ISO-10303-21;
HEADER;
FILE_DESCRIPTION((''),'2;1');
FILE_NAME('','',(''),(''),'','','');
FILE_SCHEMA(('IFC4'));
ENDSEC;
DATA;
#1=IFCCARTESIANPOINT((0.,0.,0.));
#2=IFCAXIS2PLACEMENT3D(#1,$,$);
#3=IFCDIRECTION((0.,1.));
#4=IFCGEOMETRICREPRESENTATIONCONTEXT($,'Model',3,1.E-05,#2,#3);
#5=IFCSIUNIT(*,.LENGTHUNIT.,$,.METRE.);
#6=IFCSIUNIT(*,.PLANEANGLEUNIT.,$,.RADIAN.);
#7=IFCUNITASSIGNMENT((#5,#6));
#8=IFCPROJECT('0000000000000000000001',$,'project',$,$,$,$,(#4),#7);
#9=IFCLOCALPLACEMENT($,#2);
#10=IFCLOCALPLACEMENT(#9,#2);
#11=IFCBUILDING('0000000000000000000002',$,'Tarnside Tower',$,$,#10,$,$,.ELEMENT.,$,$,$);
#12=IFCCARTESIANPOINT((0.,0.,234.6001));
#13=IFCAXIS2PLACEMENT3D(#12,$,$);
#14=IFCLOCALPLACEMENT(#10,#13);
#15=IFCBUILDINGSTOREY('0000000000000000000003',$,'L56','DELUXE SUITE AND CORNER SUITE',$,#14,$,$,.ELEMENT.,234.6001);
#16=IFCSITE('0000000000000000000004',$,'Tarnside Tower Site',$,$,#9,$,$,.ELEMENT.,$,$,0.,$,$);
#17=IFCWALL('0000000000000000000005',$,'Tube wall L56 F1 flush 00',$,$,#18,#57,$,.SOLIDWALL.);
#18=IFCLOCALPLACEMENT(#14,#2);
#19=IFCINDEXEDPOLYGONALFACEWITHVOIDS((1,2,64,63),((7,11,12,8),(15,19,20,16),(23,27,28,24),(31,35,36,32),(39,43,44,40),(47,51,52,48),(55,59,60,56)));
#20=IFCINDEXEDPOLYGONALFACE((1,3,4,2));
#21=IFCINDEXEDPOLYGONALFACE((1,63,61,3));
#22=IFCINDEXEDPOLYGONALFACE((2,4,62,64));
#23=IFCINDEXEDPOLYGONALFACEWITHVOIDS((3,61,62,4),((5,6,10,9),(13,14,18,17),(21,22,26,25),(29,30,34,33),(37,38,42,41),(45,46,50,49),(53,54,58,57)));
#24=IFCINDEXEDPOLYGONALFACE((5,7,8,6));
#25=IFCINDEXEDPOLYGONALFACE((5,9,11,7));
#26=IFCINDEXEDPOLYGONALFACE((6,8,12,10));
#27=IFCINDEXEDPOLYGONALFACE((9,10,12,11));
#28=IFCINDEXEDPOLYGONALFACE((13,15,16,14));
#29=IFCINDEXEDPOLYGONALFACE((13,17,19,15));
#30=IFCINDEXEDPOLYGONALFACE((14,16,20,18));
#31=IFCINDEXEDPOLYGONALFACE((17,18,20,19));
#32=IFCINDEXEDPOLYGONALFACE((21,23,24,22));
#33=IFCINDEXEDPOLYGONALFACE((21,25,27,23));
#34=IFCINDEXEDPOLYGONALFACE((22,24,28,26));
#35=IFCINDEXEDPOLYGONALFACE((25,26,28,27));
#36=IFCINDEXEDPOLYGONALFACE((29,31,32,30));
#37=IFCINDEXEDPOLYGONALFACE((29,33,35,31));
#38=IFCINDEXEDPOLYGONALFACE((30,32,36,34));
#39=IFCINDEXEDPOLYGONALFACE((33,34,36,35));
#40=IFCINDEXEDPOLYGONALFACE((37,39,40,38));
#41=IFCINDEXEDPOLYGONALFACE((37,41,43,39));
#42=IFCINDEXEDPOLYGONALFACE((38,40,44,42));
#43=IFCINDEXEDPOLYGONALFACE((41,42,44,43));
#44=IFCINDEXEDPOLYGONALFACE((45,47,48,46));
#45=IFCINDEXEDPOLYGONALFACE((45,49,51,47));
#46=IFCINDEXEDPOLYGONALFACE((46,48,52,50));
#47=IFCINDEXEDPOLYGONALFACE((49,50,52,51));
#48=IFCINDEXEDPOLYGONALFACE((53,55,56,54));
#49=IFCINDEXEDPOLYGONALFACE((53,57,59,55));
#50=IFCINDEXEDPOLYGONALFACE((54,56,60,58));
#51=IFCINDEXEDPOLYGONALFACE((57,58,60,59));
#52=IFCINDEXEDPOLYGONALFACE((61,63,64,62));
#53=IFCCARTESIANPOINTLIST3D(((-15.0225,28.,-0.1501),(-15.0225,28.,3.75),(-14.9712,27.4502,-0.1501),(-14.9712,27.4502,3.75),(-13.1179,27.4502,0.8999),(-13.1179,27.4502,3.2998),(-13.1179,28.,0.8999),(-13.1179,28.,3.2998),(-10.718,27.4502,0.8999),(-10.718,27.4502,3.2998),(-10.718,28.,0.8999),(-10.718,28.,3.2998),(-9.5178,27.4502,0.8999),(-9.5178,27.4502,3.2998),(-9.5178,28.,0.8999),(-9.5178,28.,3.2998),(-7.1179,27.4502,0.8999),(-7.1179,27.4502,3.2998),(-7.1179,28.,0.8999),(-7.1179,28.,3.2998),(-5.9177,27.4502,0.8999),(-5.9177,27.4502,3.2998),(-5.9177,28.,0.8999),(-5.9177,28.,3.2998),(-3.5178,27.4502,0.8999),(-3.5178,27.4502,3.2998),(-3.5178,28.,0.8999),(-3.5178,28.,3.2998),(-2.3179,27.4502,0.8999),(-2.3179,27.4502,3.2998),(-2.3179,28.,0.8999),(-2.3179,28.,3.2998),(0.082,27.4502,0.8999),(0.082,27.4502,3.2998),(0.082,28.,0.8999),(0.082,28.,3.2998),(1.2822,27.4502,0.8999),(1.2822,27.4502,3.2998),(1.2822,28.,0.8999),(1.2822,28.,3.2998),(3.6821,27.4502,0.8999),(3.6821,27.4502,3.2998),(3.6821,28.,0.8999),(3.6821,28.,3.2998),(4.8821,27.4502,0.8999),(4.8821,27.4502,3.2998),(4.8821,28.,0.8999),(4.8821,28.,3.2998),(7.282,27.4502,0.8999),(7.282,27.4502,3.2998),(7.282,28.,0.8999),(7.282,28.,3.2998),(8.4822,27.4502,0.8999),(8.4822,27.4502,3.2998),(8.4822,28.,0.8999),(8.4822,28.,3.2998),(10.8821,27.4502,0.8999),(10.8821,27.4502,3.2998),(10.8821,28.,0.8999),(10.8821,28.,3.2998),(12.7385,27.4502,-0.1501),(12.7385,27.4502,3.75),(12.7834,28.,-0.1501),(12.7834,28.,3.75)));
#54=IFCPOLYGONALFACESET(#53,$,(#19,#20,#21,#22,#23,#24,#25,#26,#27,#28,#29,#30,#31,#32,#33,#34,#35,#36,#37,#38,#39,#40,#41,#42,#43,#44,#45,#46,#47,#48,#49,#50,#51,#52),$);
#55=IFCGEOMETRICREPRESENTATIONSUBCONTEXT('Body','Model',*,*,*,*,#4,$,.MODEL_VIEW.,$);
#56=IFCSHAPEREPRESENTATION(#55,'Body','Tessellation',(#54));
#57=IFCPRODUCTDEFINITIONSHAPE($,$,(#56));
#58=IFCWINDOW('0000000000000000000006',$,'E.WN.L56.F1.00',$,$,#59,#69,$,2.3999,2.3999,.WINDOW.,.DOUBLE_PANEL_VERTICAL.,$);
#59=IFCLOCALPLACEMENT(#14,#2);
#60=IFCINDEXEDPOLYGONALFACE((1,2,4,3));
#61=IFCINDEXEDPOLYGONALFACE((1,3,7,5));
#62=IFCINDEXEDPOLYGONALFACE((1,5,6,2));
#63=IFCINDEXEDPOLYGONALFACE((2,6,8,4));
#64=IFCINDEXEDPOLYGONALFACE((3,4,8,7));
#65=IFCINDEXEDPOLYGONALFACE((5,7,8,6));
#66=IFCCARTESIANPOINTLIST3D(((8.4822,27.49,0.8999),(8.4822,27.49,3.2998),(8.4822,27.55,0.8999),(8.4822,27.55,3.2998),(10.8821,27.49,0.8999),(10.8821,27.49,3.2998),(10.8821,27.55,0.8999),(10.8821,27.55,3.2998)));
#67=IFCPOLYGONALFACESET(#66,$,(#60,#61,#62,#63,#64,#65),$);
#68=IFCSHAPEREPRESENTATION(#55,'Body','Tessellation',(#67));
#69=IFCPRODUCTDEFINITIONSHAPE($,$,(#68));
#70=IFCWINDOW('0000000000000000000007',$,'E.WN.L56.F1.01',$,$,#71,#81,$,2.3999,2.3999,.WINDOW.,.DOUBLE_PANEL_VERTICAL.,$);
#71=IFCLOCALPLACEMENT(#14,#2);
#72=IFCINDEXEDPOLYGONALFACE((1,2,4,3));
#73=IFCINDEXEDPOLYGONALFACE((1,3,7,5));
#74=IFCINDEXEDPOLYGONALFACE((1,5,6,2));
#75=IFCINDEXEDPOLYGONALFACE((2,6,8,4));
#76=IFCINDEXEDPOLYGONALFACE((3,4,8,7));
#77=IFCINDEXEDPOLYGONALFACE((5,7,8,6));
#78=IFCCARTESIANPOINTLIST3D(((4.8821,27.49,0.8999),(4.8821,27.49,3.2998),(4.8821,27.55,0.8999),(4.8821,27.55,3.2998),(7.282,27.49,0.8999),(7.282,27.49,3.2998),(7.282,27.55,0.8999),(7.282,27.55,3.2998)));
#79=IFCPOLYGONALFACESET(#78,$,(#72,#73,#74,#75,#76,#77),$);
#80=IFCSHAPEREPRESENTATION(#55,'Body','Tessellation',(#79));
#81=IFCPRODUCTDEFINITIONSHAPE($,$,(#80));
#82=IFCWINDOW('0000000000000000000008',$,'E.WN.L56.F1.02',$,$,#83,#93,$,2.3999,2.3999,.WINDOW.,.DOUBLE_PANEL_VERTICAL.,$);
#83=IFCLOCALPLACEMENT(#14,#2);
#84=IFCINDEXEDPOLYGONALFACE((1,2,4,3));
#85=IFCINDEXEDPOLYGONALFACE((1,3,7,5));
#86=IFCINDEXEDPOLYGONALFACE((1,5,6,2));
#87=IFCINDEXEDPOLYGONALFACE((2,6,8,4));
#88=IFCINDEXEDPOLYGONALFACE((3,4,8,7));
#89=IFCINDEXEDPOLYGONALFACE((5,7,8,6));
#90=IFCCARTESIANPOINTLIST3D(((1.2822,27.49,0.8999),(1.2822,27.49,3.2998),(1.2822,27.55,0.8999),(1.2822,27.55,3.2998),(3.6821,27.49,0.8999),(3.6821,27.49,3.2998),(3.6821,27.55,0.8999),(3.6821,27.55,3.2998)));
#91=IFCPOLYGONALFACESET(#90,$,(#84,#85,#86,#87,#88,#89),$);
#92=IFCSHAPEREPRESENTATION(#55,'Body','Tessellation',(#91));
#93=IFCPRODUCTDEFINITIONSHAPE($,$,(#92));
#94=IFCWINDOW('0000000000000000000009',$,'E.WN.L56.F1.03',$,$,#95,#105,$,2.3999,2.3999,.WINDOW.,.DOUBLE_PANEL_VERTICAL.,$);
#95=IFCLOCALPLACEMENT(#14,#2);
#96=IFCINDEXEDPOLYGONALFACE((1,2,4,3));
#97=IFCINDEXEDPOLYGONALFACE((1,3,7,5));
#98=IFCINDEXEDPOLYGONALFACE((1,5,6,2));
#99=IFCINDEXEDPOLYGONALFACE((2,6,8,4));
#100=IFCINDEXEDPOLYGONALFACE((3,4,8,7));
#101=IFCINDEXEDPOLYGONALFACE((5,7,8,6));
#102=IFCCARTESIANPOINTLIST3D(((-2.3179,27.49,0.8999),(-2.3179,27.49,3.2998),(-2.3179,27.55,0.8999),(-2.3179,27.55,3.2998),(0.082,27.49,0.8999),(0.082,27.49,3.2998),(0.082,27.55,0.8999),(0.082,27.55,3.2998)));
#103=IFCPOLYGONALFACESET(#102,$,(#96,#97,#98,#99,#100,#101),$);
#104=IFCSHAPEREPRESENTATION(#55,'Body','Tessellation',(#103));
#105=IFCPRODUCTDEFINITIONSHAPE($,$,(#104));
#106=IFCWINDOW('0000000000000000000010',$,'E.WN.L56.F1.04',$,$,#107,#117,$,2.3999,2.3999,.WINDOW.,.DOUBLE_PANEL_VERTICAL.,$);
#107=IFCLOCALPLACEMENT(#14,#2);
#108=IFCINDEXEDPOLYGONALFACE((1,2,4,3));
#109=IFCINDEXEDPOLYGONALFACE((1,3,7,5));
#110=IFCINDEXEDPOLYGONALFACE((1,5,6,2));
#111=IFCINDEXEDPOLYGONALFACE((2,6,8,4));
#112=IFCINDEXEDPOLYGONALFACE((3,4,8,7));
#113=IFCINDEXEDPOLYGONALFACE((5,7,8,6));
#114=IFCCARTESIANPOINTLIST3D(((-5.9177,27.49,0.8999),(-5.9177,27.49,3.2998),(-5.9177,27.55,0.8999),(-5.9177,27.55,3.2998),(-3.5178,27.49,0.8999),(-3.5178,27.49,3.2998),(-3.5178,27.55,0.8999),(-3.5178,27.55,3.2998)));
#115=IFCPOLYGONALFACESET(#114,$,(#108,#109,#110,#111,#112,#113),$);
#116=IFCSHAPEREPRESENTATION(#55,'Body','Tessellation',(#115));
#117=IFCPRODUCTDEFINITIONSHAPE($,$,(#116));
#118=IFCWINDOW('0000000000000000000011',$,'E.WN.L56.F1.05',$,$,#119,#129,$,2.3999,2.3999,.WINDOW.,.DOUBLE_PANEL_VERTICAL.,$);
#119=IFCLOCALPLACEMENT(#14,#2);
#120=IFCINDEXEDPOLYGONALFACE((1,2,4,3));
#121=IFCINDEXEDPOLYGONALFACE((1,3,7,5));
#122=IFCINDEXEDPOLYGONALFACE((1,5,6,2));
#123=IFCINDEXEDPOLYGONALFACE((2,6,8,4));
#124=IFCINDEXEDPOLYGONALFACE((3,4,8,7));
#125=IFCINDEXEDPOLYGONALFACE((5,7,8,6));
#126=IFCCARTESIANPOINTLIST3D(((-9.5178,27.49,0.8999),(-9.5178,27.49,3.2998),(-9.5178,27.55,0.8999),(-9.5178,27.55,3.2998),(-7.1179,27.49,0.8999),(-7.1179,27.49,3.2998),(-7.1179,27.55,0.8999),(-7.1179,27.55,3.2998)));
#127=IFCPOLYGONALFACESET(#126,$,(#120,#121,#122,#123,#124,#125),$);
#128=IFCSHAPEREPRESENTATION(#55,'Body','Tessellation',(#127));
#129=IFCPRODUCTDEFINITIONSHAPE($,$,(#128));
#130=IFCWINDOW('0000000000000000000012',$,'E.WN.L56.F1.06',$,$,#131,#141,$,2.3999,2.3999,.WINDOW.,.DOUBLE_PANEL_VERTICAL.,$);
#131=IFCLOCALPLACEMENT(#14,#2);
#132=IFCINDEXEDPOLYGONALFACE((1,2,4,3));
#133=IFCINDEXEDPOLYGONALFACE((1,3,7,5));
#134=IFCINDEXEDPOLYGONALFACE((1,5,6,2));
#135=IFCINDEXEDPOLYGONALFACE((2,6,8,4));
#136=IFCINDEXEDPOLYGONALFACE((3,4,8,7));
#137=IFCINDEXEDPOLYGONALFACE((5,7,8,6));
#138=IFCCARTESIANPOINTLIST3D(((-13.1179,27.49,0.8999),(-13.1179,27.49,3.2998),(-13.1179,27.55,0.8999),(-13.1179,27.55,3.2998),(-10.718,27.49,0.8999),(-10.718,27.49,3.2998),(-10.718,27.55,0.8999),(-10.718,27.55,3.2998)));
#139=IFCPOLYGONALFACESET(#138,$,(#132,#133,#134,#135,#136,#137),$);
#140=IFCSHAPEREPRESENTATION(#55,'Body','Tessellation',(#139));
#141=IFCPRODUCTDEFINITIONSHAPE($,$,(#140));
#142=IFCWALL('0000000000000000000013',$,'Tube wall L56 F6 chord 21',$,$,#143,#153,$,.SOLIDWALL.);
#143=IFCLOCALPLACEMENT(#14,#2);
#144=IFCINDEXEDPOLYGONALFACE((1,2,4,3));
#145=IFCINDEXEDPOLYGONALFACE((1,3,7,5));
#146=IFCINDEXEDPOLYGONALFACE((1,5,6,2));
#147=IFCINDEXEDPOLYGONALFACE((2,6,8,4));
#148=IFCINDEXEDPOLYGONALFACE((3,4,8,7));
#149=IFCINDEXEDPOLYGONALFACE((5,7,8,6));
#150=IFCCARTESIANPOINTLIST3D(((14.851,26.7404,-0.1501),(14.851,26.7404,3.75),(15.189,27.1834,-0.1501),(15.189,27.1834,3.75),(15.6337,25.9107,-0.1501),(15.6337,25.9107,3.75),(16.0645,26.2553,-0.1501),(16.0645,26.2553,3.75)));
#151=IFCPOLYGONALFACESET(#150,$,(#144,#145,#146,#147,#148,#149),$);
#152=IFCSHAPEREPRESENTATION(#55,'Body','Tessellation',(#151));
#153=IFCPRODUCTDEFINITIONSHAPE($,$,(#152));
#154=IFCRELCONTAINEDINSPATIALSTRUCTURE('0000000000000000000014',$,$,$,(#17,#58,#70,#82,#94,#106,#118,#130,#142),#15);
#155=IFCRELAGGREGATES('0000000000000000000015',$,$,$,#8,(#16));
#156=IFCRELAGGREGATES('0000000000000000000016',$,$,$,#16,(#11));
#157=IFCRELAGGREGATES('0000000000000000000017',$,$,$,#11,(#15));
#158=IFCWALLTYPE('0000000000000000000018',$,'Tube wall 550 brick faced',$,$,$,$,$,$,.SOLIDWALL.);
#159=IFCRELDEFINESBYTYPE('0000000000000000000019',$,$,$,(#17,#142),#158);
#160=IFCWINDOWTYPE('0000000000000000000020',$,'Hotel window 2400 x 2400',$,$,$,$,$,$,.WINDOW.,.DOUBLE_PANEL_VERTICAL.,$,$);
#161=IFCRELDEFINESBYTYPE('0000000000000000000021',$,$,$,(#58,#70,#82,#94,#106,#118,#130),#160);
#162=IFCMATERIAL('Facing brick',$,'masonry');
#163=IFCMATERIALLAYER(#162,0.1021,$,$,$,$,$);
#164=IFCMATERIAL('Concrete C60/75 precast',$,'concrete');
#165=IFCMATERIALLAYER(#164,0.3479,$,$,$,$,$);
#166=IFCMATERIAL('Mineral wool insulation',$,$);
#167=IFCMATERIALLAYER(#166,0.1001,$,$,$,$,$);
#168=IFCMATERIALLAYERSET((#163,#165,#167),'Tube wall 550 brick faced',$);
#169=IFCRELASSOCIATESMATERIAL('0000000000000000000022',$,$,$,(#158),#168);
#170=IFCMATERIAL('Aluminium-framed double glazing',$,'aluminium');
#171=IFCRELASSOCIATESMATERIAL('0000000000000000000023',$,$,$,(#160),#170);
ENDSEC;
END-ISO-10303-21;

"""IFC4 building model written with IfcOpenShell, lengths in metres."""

from ifc_helpers import new_model, si_unit, direction, frame, frame_2d, origin, place, context, subcontext, project, spatial, polyline, rectangle, outline, extrude, material, layer, layer_set, type_object, element, fill, save


model = new_model("IFC4")

# Units and contexts
model_context = context("Model", 3, precision=1e-05, world=origin(), true_north=direction((0.0, 1.0)))
body_context = subcontext(model_context, "Body", "Model", "MODEL_VIEW")
ifc_project = project(units=[si_unit("LENGTHUNIT", "METRE"), si_unit("PLANEANGLEUNIT", "RADIAN")], contexts=[model_context])

# Site, building, storey
site_placement = place(None, origin())
site = spatial("IfcSite", under=ifc_project, at=site_placement, Name="Tarnside Tower Site", CompositionType="ELEMENT", RefElevation=0.0)
building_placement = place(site_placement, origin())
building = spatial("IfcBuilding", under=site, at=building_placement, Name="Tarnside Tower", CompositionType="ELEMENT")
storey_placement = place(building_placement, frame((0.0, 0.0, 234.6001)))
storey = spatial("IfcBuildingStorey", under=building, at=storey_placement, Name="L56", Description="DELUXE SUITE AND CORNER SUITE", CompositionType="ELEMENT", Elevation=234.6001)

# Wall, openings, windows
ifc_material_1 = material(Name="Facing brick", Category="masonry")
ifc_layer_1 = layer(ifc_material_1, 0.1021)
ifc_material_2 = material(Name="Concrete C60/75 precast", Category="concrete")
ifc_layer_2 = layer(ifc_material_2, 0.3479)
ifc_material_3 = material(Name="Mineral wool insulation")
ifc_layer_3 = layer(ifc_material_3, 0.1001)
ifc_layer_set_1 = layer_set([ifc_layer_1, ifc_layer_2, ifc_layer_3], Name="Tube wall 550 brick faced")
wall_type_1 = type_object("IfcWallType", Name="Tube wall 550 brick faced", PredefinedType="SOLIDWALL", material=ifc_layer_set_1)
wall_1_placement = place(storey_placement, frame((12.761, 27.7251, -0.1501), z_axis=(0.0, 0.0, 1.0), x_axis=(-1.0, 0.0, 0.0)))
wall_1 = element("IfcWall", 1, at=wall_1_placement, inside=storey, type_object=wall_type_1, Name="Tube wall L56 F1 flush 00", PredefinedType="SOLIDWALL", context=body_context, shape_type="SweptSolid", body=[
    extrude(outline(polyline([(-0.0225, -0.2749), (27.7834, -0.2749), (27.7322, 0.2749), (0.0225, 0.2749), (-0.0225, -0.2749)])), origin(), (0.0, 0.0, 1.0), 3.9001),
])
opening_1_placement = place(wall_1_placement, frame((1.8789, 0.0, 1.05)))
opening_1 = element("IfcOpeningElement", 2, at=opening_1_placement, cuts=wall_1, PredefinedType="OPENING", context=body_context, shape_type="SweptSolid", body=[
    extrude(rectangle(XDim=2.3999, YDim=2.3999, at=frame_2d((1.2, 1.2))), frame((0.0, 0.2852, 0.0), z_axis=(0.0, -1.0, 0.0), x_axis=(1.0, 0.0, 0.0)), (0.0, 0.0, 1.0), 0.5701),
])
opening_2_placement = place(wall_1_placement, frame((5.479, 0.0, 1.05)))
opening_2 = element("IfcOpeningElement", 3, at=opening_2_placement, cuts=wall_1, PredefinedType="OPENING", context=body_context, shape_type="SweptSolid", body=[
    extrude(rectangle(XDim=2.3999, YDim=2.3999, at=frame_2d((1.2, 1.2))), frame((0.0, 0.2852, 0.0), z_axis=(0.0, -1.0, 0.0), x_axis=(1.0, 0.0, 0.0)), (0.0, 0.0, 1.0), 0.5701),
])
opening_3_placement = place(wall_1_placement, frame((9.0789, 0.0, 1.05)))
opening_3 = element("IfcOpeningElement", 4, at=opening_3_placement, cuts=wall_1, PredefinedType="OPENING", context=body_context, shape_type="SweptSolid", body=[
    extrude(rectangle(XDim=2.3999, YDim=2.3999, at=frame_2d((1.2, 1.2))), frame((0.0, 0.2852, 0.0), z_axis=(0.0, -1.0, 0.0), x_axis=(1.0, 0.0, 0.0)), (0.0, 0.0, 1.0), 0.5701),
])
opening_4_placement = place(wall_1_placement, frame((12.679, 0.0, 1.05)))
opening_4 = element("IfcOpeningElement", 5, at=opening_4_placement, cuts=wall_1, PredefinedType="OPENING", context=body_context, shape_type="SweptSolid", body=[
    extrude(rectangle(XDim=2.3999, YDim=2.3999, at=frame_2d((1.2, 1.2))), frame((0.0, 0.2852, 0.0), z_axis=(0.0, -1.0, 0.0), x_axis=(1.0, 0.0, 0.0)), (0.0, 0.0, 1.0), 0.5701),
])
opening_5_placement = place(wall_1_placement, frame((16.2788, 0.0, 1.05)))
opening_5 = element("IfcOpeningElement", 6, at=opening_5_placement, cuts=wall_1, PredefinedType="OPENING", context=body_context, shape_type="SweptSolid", body=[
    extrude(rectangle(XDim=2.3999, YDim=2.3999, at=frame_2d((1.2, 1.2))), frame((0.0, 0.2852, 0.0), z_axis=(0.0, -1.0, 0.0), x_axis=(1.0, 0.0, 0.0)), (0.0, 0.0, 1.0), 0.5701),
])
opening_6_placement = place(wall_1_placement, frame((19.8789, 0.0, 1.05)))
opening_6 = element("IfcOpeningElement", 7, at=opening_6_placement, cuts=wall_1, PredefinedType="OPENING", context=body_context, shape_type="SweptSolid", body=[
    extrude(rectangle(XDim=2.3999, YDim=2.3999, at=frame_2d((1.2, 1.2))), frame((0.0, 0.2852, 0.0), z_axis=(0.0, -1.0, 0.0), x_axis=(1.0, 0.0, 0.0)), (0.0, 0.0, 1.0), 0.5701),
])
opening_7_placement = place(wall_1_placement, frame((23.479, 0.0, 1.05)))
opening_7 = element("IfcOpeningElement", 8, at=opening_7_placement, cuts=wall_1, PredefinedType="OPENING", context=body_context, shape_type="SweptSolid", body=[
    extrude(rectangle(XDim=2.3999, YDim=2.3999, at=frame_2d((1.2, 1.2))), frame((0.0, 0.2852, 0.0), z_axis=(0.0, -1.0, 0.0), x_axis=(1.0, 0.0, 0.0)), (0.0, 0.0, 1.0), 0.5701),
])
ifc_material_4 = material(Name="Aluminium-framed double glazing", Category="aluminium")
window_type = type_object("IfcWindowType", Name="Hotel window 2400 x 2400", PartitioningType="DOUBLE_PANEL_VERTICAL", PredefinedType="WINDOW", material=ifc_material_4)
window_1_placement = place(opening_1_placement, frame((0.0, 0.2051, 0.0)))
window_1 = element("IfcWindow", 9, at=window_1_placement, inside=storey, type_object=window_type, Name="E.WN.L56.F1.00", OverallHeight=2.3999, OverallWidth=2.3999, PartitioningType="DOUBLE_PANEL_VERTICAL", PredefinedType="WINDOW", context=body_context, shape_type="SweptSolid", body=[
    extrude(rectangle(XDim=2.3999, YDim=2.3999, at=frame_2d((1.2, 1.2))), frame((0.0, 0.03, 0.0), z_axis=(0.0, -1.0, 0.0), x_axis=(1.0, 0.0, 0.0)), (0.0, 0.0, 1.0), 0.0601),
])
fill(opening_1, window_1)
window_2_placement = place(opening_2_placement, frame((0.0, 0.2051, 0.0)))
window_2 = element("IfcWindow", 10, at=window_2_placement, inside=storey, type_object=window_type, Name="E.WN.L56.F1.01", OverallHeight=2.3999, OverallWidth=2.3999, PartitioningType="DOUBLE_PANEL_VERTICAL", PredefinedType="WINDOW", context=body_context, shape_type="SweptSolid", body=[
    extrude(rectangle(XDim=2.3999, YDim=2.3999, at=frame_2d((1.2, 1.2))), frame((0.0, 0.03, 0.0), z_axis=(0.0, -1.0, 0.0), x_axis=(1.0, 0.0, 0.0)), (0.0, 0.0, 1.0), 0.0601),
])
fill(opening_2, window_2)
window_3_placement = place(opening_3_placement, frame((0.0, 0.2051, 0.0)))
window_3 = element("IfcWindow", 11, at=window_3_placement, inside=storey, type_object=window_type, Name="E.WN.L56.F1.02", OverallHeight=2.3999, OverallWidth=2.3999, PartitioningType="DOUBLE_PANEL_VERTICAL", PredefinedType="WINDOW", context=body_context, shape_type="SweptSolid", body=[
    extrude(rectangle(XDim=2.3999, YDim=2.3999, at=frame_2d((1.2, 1.2))), frame((0.0, 0.03, 0.0), z_axis=(0.0, -1.0, 0.0), x_axis=(1.0, 0.0, 0.0)), (0.0, 0.0, 1.0), 0.0601),
])
fill(opening_3, window_3)
window_4_placement = place(opening_4_placement, frame((0.0, 0.2051, 0.0)))
window_4 = element("IfcWindow", 12, at=window_4_placement, inside=storey, type_object=window_type, Name="E.WN.L56.F1.03", OverallHeight=2.3999, OverallWidth=2.3999, PartitioningType="DOUBLE_PANEL_VERTICAL", PredefinedType="WINDOW", context=body_context, shape_type="SweptSolid", body=[
    extrude(rectangle(XDim=2.3999, YDim=2.3999, at=frame_2d((1.2, 1.2))), frame((0.0, 0.03, 0.0), z_axis=(0.0, -1.0, 0.0), x_axis=(1.0, 0.0, 0.0)), (0.0, 0.0, 1.0), 0.0601),
])
fill(opening_4, window_4)
window_5_placement = place(opening_5_placement, frame((0.0, 0.2051, 0.0)))
window_5 = element("IfcWindow", 13, at=window_5_placement, inside=storey, type_object=window_type, Name="E.WN.L56.F1.04", OverallHeight=2.3999, OverallWidth=2.3999, PartitioningType="DOUBLE_PANEL_VERTICAL", PredefinedType="WINDOW", context=body_context, shape_type="SweptSolid", body=[
    extrude(rectangle(XDim=2.3999, YDim=2.3999, at=frame_2d((1.2, 1.2))), frame((0.0, 0.03, 0.0), z_axis=(0.0, -1.0, 0.0), x_axis=(1.0, 0.0, 0.0)), (0.0, 0.0, 1.0), 0.0601),
])
fill(opening_5, window_5)
window_6_placement = place(opening_6_placement, frame((0.0, 0.2051, 0.0)))
window_6 = element("IfcWindow", 14, at=window_6_placement, inside=storey, type_object=window_type, Name="E.WN.L56.F1.05", OverallHeight=2.3999, OverallWidth=2.3999, PartitioningType="DOUBLE_PANEL_VERTICAL", PredefinedType="WINDOW", context=body_context, shape_type="SweptSolid", body=[
    extrude(rectangle(XDim=2.3999, YDim=2.3999, at=frame_2d((1.2, 1.2))), frame((0.0, 0.03, 0.0), z_axis=(0.0, -1.0, 0.0), x_axis=(1.0, 0.0, 0.0)), (0.0, 0.0, 1.0), 0.0601),
])
fill(opening_6, window_6)
window_7_placement = place(opening_7_placement, frame((0.0, 0.2051, 0.0)))
window_7 = element("IfcWindow", 15, at=window_7_placement, inside=storey, type_object=window_type, Name="E.WN.L56.F1.06", OverallHeight=2.3999, OverallWidth=2.3999, PartitioningType="DOUBLE_PANEL_VERTICAL", PredefinedType="WINDOW", context=body_context, shape_type="SweptSolid", body=[
    extrude(rectangle(XDim=2.3999, YDim=2.3999, at=frame_2d((1.2, 1.2))), frame((0.0, 0.03, 0.0), z_axis=(0.0, -1.0, 0.0), x_axis=(1.0, 0.0, 0.0)), (0.0, 0.0, 1.0), 0.0601),
])
fill(opening_7, window_7)

# Wall
wall_2_placement = place(storey_placement, frame((15.8491, 26.083, -0.1501), z_axis=(0.0, 0.0, 1.0), x_axis=(-0.686196, 0.727416, 0.0)))
element("IfcWall", 16, at=wall_2_placement, inside=storey, type_object=wall_type_1, Name="Tube wall L56 F6 chord 21", PredefinedType="SOLIDWALL", context=body_context, shape_type="SweptSolid", body=[
    extrude(outline(polyline([(-0.0225, -0.2749), (1.2534, -0.2749), (1.1631, 0.2749), (0.0225, 0.2749), (-0.0225, -0.2749)])), origin(), (0.0, 0.0, 1.0), 3.9001),
])

save(model, "model.ifc")
